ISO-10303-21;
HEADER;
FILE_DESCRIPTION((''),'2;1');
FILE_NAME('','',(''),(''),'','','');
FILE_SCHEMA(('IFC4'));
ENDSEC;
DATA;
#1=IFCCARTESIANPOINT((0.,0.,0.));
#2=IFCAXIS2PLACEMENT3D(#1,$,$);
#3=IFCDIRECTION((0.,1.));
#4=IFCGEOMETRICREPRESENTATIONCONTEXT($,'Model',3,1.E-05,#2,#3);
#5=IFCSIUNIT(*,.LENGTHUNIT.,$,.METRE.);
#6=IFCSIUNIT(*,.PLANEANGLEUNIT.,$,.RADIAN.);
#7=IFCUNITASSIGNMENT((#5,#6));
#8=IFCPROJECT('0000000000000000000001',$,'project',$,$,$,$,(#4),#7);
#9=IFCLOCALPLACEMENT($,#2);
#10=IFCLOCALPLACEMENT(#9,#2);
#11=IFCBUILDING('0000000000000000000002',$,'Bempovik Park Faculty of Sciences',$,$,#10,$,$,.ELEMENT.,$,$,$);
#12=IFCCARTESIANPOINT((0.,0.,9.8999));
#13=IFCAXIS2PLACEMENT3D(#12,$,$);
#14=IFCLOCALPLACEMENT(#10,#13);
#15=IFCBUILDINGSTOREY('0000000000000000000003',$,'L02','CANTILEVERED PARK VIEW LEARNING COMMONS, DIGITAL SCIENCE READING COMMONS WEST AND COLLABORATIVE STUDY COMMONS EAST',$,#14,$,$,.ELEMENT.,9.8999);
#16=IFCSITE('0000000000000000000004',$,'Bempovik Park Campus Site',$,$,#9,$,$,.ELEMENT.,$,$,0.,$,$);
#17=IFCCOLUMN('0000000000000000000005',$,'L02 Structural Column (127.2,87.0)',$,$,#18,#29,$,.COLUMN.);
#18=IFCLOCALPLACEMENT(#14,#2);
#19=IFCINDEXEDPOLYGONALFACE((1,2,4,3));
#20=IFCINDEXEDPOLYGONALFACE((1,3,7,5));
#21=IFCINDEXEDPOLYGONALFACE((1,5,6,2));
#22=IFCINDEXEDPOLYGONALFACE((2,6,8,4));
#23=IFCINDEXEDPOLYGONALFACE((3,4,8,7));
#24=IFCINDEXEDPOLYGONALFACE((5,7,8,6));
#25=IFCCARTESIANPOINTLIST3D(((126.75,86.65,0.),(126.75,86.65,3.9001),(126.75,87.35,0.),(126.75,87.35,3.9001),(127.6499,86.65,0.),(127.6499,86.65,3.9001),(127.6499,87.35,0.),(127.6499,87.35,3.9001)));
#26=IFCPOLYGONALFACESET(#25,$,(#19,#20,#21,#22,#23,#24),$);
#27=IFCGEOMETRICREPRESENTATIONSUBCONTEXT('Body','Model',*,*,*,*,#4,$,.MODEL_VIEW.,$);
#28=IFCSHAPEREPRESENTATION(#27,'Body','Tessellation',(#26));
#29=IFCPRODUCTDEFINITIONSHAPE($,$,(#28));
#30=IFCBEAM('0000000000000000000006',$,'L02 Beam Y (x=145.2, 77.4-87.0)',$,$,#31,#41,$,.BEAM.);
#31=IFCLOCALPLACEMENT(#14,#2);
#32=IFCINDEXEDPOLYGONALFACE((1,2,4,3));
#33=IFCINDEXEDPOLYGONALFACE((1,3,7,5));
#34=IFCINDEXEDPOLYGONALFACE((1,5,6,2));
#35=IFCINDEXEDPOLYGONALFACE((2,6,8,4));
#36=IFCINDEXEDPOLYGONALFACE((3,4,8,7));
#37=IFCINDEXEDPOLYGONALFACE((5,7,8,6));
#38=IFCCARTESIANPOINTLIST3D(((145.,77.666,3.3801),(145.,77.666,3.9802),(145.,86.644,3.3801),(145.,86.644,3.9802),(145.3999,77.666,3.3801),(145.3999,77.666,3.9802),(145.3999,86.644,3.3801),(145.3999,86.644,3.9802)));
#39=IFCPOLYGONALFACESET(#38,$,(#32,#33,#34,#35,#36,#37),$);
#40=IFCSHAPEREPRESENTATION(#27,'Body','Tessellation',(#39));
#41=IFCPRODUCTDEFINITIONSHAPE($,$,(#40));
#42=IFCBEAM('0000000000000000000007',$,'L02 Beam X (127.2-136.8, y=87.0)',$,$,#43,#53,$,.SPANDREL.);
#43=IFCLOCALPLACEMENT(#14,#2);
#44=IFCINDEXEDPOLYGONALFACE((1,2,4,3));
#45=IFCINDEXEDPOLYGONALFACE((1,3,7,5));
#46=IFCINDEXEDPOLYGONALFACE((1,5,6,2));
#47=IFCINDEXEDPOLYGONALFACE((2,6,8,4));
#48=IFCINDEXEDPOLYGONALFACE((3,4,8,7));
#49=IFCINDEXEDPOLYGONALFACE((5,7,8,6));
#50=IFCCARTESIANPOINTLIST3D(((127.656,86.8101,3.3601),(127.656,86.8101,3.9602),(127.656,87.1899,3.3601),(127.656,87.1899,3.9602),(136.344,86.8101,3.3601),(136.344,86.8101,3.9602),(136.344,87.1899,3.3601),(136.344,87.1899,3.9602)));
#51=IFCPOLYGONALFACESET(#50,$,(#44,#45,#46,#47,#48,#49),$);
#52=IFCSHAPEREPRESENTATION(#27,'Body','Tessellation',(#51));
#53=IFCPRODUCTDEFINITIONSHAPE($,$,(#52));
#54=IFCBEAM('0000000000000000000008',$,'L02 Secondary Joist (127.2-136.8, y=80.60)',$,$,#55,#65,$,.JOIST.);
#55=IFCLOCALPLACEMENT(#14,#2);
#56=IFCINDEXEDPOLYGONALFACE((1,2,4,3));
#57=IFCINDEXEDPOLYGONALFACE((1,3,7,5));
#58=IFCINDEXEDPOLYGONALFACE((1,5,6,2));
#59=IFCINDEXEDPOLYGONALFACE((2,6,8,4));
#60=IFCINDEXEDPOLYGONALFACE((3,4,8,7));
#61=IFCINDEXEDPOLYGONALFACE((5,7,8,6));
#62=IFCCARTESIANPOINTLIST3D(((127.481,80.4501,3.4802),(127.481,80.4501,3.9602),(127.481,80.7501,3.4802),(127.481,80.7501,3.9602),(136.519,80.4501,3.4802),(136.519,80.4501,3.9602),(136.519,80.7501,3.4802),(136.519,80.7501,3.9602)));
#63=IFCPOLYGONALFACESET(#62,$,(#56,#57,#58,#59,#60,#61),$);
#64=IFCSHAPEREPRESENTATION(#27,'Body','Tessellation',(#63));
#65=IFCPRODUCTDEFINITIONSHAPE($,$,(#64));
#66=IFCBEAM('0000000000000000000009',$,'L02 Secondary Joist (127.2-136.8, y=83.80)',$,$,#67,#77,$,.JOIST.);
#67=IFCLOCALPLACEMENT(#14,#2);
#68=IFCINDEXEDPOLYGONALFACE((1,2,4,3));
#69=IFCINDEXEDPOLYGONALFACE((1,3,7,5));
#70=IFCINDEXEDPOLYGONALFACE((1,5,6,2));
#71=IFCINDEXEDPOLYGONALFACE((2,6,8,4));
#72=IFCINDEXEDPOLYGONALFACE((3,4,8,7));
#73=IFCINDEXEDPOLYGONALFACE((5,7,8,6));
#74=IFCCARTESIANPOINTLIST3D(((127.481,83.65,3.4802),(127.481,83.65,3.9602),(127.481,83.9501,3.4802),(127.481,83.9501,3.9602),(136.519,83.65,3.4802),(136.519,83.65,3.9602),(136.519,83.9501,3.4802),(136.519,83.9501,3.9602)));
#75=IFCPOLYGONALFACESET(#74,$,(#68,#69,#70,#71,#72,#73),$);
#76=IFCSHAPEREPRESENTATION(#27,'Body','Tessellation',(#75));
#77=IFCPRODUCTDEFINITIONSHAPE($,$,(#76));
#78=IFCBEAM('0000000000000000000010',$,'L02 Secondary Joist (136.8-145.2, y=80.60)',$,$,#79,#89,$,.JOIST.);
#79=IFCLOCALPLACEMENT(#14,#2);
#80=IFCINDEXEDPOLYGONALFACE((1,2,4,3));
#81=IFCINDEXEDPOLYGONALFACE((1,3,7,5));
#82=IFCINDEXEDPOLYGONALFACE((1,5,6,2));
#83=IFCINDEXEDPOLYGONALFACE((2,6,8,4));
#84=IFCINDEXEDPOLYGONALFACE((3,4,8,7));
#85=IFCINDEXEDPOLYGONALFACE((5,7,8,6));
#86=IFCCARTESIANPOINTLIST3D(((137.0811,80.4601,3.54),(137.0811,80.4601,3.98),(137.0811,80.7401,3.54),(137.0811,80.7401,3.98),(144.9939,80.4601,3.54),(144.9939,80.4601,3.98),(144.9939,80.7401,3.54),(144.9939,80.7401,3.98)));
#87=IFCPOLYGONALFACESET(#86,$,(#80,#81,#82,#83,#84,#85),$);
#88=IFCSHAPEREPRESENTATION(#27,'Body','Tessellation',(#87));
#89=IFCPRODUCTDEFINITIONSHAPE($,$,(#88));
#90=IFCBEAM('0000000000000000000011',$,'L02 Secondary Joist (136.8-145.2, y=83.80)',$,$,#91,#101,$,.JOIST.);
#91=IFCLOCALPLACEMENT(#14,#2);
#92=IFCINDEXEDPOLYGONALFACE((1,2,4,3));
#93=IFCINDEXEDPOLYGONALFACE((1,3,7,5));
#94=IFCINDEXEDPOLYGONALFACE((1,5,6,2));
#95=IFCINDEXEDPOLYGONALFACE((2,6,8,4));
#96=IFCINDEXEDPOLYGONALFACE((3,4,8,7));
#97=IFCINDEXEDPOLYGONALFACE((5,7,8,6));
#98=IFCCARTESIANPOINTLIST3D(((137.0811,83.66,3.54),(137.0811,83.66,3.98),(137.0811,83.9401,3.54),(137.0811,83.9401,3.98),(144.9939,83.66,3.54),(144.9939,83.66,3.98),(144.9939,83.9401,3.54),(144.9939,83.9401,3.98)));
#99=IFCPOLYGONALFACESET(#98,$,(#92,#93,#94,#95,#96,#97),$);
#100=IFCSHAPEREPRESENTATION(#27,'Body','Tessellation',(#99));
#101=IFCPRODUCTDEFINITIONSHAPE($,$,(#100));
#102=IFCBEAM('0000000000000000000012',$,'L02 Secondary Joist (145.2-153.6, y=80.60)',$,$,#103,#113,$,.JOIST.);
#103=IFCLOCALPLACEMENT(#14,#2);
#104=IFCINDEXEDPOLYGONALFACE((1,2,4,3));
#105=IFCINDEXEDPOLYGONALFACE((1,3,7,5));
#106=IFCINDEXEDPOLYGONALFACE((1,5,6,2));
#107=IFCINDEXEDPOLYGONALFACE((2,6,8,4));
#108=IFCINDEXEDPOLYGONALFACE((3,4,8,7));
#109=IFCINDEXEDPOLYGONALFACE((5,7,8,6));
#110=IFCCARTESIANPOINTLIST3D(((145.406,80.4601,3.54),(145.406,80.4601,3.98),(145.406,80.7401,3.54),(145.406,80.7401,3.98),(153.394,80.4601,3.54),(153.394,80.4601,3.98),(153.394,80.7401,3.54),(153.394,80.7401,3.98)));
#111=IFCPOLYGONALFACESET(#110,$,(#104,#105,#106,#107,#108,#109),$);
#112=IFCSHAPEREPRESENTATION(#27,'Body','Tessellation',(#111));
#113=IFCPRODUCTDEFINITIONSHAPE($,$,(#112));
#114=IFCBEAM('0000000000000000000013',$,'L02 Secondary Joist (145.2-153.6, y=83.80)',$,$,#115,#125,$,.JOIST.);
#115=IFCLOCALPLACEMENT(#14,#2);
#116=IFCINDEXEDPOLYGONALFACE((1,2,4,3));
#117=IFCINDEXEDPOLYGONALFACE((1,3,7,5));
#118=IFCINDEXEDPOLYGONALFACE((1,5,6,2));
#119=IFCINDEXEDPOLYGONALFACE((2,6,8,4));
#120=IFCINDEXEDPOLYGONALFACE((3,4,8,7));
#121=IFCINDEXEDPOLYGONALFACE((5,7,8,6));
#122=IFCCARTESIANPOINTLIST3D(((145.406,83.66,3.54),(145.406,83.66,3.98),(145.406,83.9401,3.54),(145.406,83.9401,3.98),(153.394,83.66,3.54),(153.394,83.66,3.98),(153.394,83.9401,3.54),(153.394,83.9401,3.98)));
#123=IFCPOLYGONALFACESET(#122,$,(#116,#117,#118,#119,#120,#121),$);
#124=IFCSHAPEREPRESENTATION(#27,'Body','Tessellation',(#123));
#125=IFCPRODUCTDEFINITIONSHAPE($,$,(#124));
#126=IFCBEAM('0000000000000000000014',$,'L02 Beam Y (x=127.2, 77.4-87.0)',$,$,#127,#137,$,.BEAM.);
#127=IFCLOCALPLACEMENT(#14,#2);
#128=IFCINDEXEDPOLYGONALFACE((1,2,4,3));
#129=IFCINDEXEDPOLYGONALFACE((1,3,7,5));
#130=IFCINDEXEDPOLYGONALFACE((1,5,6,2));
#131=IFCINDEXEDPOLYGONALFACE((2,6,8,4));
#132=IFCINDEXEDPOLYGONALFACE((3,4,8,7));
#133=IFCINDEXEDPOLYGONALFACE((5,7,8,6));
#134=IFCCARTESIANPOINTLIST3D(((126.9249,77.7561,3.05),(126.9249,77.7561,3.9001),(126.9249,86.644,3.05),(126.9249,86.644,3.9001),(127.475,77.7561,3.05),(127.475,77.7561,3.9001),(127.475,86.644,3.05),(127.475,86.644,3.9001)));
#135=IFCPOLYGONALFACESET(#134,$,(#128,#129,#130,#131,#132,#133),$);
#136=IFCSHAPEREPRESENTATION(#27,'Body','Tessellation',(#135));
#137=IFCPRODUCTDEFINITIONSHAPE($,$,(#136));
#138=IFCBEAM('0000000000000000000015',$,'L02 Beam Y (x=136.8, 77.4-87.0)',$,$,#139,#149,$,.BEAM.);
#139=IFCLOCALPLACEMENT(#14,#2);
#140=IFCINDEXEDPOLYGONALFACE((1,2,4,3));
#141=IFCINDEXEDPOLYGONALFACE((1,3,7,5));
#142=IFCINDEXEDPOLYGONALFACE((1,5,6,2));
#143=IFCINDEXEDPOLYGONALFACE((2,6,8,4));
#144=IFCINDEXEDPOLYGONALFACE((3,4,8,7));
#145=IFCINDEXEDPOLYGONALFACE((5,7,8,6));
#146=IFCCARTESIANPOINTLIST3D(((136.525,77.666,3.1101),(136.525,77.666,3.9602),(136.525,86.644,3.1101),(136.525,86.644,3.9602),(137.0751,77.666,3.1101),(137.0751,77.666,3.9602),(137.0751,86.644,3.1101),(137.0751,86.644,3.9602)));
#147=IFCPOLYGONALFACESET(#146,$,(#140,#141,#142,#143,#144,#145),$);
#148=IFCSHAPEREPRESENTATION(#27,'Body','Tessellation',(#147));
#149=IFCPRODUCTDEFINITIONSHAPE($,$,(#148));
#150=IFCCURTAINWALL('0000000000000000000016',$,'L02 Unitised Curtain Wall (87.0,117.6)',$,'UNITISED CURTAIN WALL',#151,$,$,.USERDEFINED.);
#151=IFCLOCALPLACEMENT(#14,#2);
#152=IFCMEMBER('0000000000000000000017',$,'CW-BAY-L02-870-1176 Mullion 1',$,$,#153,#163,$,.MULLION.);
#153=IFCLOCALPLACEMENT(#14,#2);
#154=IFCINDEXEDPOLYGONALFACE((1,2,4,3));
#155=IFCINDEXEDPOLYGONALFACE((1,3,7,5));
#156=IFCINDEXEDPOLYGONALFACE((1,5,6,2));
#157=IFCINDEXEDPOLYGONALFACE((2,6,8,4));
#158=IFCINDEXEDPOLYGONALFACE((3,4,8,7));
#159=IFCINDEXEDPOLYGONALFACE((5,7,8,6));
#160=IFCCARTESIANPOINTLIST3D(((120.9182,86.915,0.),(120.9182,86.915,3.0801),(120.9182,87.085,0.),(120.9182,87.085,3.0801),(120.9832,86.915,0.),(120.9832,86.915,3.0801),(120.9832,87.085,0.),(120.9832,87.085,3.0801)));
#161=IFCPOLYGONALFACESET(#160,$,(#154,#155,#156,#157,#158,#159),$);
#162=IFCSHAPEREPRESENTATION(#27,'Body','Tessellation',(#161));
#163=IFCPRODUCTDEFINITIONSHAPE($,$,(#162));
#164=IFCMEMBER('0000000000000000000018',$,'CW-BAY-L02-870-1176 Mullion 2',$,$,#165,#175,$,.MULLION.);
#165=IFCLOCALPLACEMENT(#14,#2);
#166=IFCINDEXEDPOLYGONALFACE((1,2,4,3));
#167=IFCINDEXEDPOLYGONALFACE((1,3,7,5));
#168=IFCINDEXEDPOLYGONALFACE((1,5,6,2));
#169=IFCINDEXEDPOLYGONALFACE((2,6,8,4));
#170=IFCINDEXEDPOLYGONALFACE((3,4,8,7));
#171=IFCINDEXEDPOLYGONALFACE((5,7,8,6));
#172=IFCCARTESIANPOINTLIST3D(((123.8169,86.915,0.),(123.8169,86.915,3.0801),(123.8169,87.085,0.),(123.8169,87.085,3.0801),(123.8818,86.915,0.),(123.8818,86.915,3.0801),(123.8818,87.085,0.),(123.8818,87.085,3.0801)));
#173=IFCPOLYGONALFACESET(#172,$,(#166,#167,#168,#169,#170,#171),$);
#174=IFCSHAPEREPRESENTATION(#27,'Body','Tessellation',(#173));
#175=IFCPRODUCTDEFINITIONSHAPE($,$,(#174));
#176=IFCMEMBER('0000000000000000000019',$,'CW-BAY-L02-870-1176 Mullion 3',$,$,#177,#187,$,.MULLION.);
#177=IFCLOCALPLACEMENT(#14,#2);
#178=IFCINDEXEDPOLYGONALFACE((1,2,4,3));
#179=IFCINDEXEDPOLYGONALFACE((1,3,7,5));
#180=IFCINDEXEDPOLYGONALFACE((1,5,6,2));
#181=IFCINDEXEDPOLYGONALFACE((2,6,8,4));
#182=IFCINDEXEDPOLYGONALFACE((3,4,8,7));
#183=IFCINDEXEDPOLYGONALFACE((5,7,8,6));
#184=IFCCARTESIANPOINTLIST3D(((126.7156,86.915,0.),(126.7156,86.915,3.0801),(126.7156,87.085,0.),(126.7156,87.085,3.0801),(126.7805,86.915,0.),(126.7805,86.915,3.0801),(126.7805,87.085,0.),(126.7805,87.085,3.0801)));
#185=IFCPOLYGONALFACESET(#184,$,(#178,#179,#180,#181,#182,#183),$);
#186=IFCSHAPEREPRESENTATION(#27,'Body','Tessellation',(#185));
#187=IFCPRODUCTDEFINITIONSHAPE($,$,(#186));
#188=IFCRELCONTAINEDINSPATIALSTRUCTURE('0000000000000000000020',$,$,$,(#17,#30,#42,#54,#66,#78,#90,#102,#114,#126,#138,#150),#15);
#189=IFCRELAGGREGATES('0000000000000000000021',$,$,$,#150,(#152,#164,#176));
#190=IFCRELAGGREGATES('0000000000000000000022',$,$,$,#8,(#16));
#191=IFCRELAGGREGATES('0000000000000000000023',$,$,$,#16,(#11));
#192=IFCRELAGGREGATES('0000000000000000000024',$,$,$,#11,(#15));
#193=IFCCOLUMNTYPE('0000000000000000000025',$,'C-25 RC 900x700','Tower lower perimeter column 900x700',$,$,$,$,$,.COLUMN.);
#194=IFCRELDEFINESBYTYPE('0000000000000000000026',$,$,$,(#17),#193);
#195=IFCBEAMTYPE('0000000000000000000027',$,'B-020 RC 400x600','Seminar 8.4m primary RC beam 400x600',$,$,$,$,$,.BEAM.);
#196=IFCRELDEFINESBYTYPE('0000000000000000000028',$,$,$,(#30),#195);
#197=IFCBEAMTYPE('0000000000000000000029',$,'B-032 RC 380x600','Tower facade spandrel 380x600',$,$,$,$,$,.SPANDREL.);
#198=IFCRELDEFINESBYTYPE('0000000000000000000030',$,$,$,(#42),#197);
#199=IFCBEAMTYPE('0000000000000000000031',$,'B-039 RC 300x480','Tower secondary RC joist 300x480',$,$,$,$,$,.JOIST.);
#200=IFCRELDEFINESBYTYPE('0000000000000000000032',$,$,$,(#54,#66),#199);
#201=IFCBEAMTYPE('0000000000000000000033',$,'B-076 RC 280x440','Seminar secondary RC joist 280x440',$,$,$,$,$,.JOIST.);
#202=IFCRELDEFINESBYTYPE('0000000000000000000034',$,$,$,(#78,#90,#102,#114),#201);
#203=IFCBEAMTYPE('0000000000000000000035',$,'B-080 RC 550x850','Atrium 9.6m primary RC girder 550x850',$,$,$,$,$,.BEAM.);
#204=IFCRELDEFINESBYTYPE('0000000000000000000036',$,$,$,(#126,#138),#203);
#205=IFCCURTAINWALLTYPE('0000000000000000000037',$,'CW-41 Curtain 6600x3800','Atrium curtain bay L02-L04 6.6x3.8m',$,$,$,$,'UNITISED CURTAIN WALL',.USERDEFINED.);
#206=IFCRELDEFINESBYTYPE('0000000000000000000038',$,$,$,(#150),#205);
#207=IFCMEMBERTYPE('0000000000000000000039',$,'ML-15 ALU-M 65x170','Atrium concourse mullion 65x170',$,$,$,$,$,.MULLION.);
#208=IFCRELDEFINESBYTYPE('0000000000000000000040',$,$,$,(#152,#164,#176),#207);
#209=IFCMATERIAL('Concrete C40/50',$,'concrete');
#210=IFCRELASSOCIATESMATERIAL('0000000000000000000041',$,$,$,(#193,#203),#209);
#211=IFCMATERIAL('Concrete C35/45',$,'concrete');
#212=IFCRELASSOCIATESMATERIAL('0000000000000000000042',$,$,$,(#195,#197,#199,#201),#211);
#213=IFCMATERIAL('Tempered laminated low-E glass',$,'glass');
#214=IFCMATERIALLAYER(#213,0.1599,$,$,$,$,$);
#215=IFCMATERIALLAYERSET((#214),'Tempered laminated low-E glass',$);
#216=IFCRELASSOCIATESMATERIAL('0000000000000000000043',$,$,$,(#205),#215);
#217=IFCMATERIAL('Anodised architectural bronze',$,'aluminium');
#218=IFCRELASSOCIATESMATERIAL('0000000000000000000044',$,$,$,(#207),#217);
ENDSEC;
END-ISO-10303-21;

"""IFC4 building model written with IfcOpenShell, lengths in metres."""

from ifc_helpers import new_model, si_unit, direction, frame, origin, origin_2d, place, context, subcontext, project, spatial, rectangle, extrude, material, layer, layer_set, material_profile, profile_set, type_object, element, aggregate, save


model = new_model("IFC4")

# Units and contexts
model_context = context("Model", 3, precision=1e-05, world=origin(), true_north=direction((0.0, 1.0)))
body_context = subcontext(model_context, "Body", "Model", "MODEL_VIEW")
ifc_project = project(units=[si_unit("LENGTHUNIT", "METRE"), si_unit("PLANEANGLEUNIT", "RADIAN")], contexts=[model_context])

# Site, building, storey
site_placement = place(None, origin())
site = spatial("IfcSite", under=ifc_project, at=site_placement, Name="Bempovik Park Campus Site", CompositionType="ELEMENT", RefElevation=0.0)
building_placement = place(site_placement, origin())
building = spatial("IfcBuilding", under=site, at=building_placement, Name="Bempovik Park Faculty of Sciences", CompositionType="ELEMENT")
storey_placement = place(building_placement, frame((0.0, 0.0, 9.8999)))
storey = spatial("IfcBuildingStorey", under=building, at=storey_placement, Name="L02", Description="CANTILEVERED PARK VIEW LEARNING COMMONS, DIGITAL SCIENCE READING COMMONS WEST AND COLLABORATIVE STUDY COMMONS EAST", CompositionType="ELEMENT", Elevation=9.8999)

# Column
ifc_material_1 = material(Name="Concrete C40/50", Category="concrete")
ifc_material_profile_1 = material_profile(ifc_material_1, rectangle(XDim=0.8999, YDim=0.7, at=origin_2d()), Name="RC 900x700")
ifc_profile_set_1 = profile_set([ifc_material_profile_1], Name="Concrete C40/50")
column_type = type_object("IfcColumnType", Name="C-25 RC 900x700", Description="Tower lower perimeter column 900x700", PredefinedType="COLUMN", material=ifc_profile_set_1)
column_placement = place(storey_placement, frame((127.2, 87.0, 0.0), z_axis=(0.0, 0.0, 1.0), x_axis=(1.0, 0.0, 0.0)))
element("IfcColumn", 1, at=column_placement, inside=storey, type_object=column_type, Name="L02 Structural Column (127.2,87.0)", PredefinedType="COLUMN", context=body_context, shape_type="SweptSolid", body=[
    extrude(rectangle(XDim=0.8999, YDim=0.7, at=origin_2d()), origin(), (0.0, 0.0, 1.0), 3.9001),
])

# Beams
ifc_material_2 = material(Name="Concrete C35/45", Category="concrete")
ifc_material_profile_2 = material_profile(ifc_material_2, rectangle(XDim=0.3999, YDim=0.6001, at=origin_2d()), Name="RC 400x600")
ifc_profile_set_2 = profile_set([ifc_material_profile_2], Name="Concrete C35/45")
beam_type_1 = type_object("IfcBeamType", Name="B-020 RC 400x600", Description="Seminar 8.4m primary RC beam 400x600", PredefinedType="BEAM", material=ifc_profile_set_2)
beam_1_placement = place(storey_placement, frame((145.2, 77.666, 3.6802), z_axis=(0.0, 1.0, 0.0), x_axis=(-1.0, 0.0, 0.0)))
element("IfcBeam", 2, at=beam_1_placement, inside=storey, type_object=beam_type_1, Name="L02 Beam Y (x=145.2, 77.4-87.0)", PredefinedType="BEAM", context=body_context, shape_type="SweptSolid", body=[
    extrude(rectangle(XDim=0.3999, YDim=0.6001, at=origin_2d()), origin(), (0.0, 0.0, 1.0), 8.978),
])
ifc_material_profile_3 = material_profile(ifc_material_2, rectangle(XDim=0.3799, YDim=0.6001, at=origin_2d()), Name="RC 380x600")
ifc_profile_set_3 = profile_set([ifc_material_profile_3], Name="Concrete C35/45")
beam_type_2 = type_object("IfcBeamType", Name="B-032 RC 380x600", Description="Tower facade spandrel 380x600", PredefinedType="SPANDREL", material=ifc_profile_set_3)
beam_2_placement = place(storey_placement, frame((127.656, 87.0, 3.6602), z_axis=(1.0, 0.0, 0.0), x_axis=(0.0, 1.0, 0.0)))
element("IfcBeam", 3, at=beam_2_placement, inside=storey, type_object=beam_type_2, Name="L02 Beam X (127.2-136.8, y=87.0)", PredefinedType="SPANDREL", context=body_context, shape_type="SweptSolid", body=[
    extrude(rectangle(XDim=0.3799, YDim=0.6001, at=origin_2d()), origin(), (0.0, 0.0, 1.0), 8.688),
])
ifc_material_profile_4 = material_profile(ifc_material_2, rectangle(XDim=0.3, YDim=0.48, at=origin_2d()), Name="RC 300x480")
ifc_profile_set_4 = profile_set([ifc_material_profile_4], Name="Concrete C35/45")
beam_type_3 = type_object("IfcBeamType", Name="B-039 RC 300x480", Description="Tower secondary RC joist 300x480", PredefinedType="JOIST", material=ifc_profile_set_4)
for number, where, z_axis, x_axis, name in (
    (4, (127.481, 80.6001, 3.7202), (1.0, 0.0, 0.0), (0.0, 1.0, 0.0), "L02 Secondary Joist (127.2-136.8, y=80.60)"),
    (5, (127.481, 83.8, 3.7202), (1.0, 0.0, 0.0), (0.0, 1.0, 0.0), "L02 Secondary Joist (127.2-136.8, y=83.80)"),
):
    element("IfcBeam", number, at=place(storey_placement, frame(where, z_axis=z_axis, x_axis=x_axis)), inside=storey, type_object=beam_type_3, Name=name, PredefinedType="JOIST", context=body_context, shape_type="SweptSolid", body=[
        extrude(rectangle(XDim=0.3, YDim=0.48, at=origin_2d()), origin(), (0.0, 0.0, 1.0), 9.0381),
    ])
ifc_material_profile_5 = material_profile(ifc_material_2, rectangle(XDim=0.28, YDim=0.4399, at=origin_2d()), Name="RC 280x440")
ifc_profile_set_5 = profile_set([ifc_material_profile_5], Name="Concrete C35/45")
beam_type_4 = type_object("IfcBeamType", Name="B-076 RC 280x440", Description="Seminar secondary RC joist 280x440", PredefinedType="JOIST", material=ifc_profile_set_5)
for number, where, z_axis, x_axis, name in (
    (6, (137.0811, 80.6001, 3.76), (1.0, 0.0, 0.0), (0.0, 1.0, 0.0), "L02 Secondary Joist (136.8-145.2, y=80.60)"),
    (7, (137.0811, 83.8, 3.76), (1.0, 0.0, 0.0), (0.0, 1.0, 0.0), "L02 Secondary Joist (136.8-145.2, y=83.80)"),
):
    element("IfcBeam", number, at=place(storey_placement, frame(where, z_axis=z_axis, x_axis=x_axis)), inside=storey, type_object=beam_type_4, Name=name, PredefinedType="JOIST", context=body_context, shape_type="SweptSolid", body=[
        extrude(rectangle(XDim=0.28, YDim=0.4399, at=origin_2d()), origin(), (0.0, 0.0, 1.0), 7.9128),
    ])
for number, where, z_axis, x_axis, name in (
    (8, (145.406, 80.6001, 3.76), (1.0, 0.0, 0.0), (0.0, 1.0, 0.0), "L02 Secondary Joist (145.2-153.6, y=80.60)"),
    (9, (145.406, 83.8, 3.76), (1.0, 0.0, 0.0), (0.0, 1.0, 0.0), "L02 Secondary Joist (145.2-153.6, y=83.80)"),
):
    element("IfcBeam", number, at=place(storey_placement, frame(where, z_axis=z_axis, x_axis=x_axis)), inside=storey, type_object=beam_type_4, Name=name, PredefinedType="JOIST", context=body_context, shape_type="SweptSolid", body=[
        extrude(rectangle(XDim=0.28, YDim=0.4399, at=origin_2d()), origin(), (0.0, 0.0, 1.0), 7.988),
    ])
ifc_material_profile_6 = material_profile(ifc_material_1, rectangle(XDim=0.55, YDim=0.8501, at=origin_2d()), Name="RC 550x850")
ifc_profile_set_6 = profile_set([ifc_material_profile_6], Name="Concrete C40/50")
beam_type_5 = type_object("IfcBeamType", Name="B-080 RC 550x850", Description="Atrium 9.6m primary RC girder 550x850", PredefinedType="BEAM", material=ifc_profile_set_6)
beam_3_placement = place(storey_placement, frame((127.2, 77.7561, 3.4751), z_axis=(0.0, 1.0, 0.0), x_axis=(-1.0, 0.0, 0.0)))
element("IfcBeam", 10, at=beam_3_placement, inside=storey, type_object=beam_type_5, Name="L02 Beam Y (x=127.2, 77.4-87.0)", PredefinedType="BEAM", context=body_context, shape_type="SweptSolid", body=[
    extrude(rectangle(XDim=0.55, YDim=0.8501, at=origin_2d()), origin(), (0.0, 0.0, 1.0), 8.8879),
])
beam_4_placement = place(storey_placement, frame((136.8, 77.666, 3.5352), z_axis=(0.0, 1.0, 0.0), x_axis=(-1.0, 0.0, 0.0)))
element("IfcBeam", 11, at=beam_4_placement, inside=storey, type_object=beam_type_5, Name="L02 Beam Y (x=136.8, 77.4-87.0)", PredefinedType="BEAM", context=body_context, shape_type="SweptSolid", body=[
    extrude(rectangle(XDim=0.55, YDim=0.8501, at=origin_2d()), origin(), (0.0, 0.0, 1.0), 8.978),
])

# Curtain wall, members
ifc_material_3 = material(Name="Tempered laminated low-E glass", Category="glass")
ifc_layer_1 = layer(ifc_material_3, 0.1599)
ifc_layer_set_1 = layer_set([ifc_layer_1], Name="Tempered laminated low-E glass")
curtain_wall_type = type_object("IfcCurtainWallType", Name="CW-41 Curtain 6600x3800", Description="Atrium curtain bay L02-L04 6.6x3.8m", ElementType="UNITISED CURTAIN WALL", PredefinedType="USERDEFINED", material=ifc_layer_set_1)
curtain_wall_1_placement = place(storey_placement, origin())
curtain_wall_1 = element("IfcCurtainWall", 12, at=curtain_wall_1_placement, inside=storey, type_object=curtain_wall_type, Name="L02 Unitised Curtain Wall (87.0,117.6)", ObjectType="UNITISED CURTAIN WALL", PredefinedType="USERDEFINED")
ifc_material_4 = material(Name="Anodised architectural bronze", Category="aluminium")
ifc_material_profile_7 = material_profile(ifc_material_4, rectangle(XDim=0.0649, YDim=0.1699, at=origin_2d()), Name="ALU-M 65x170")
ifc_profile_set_7 = profile_set([ifc_material_profile_7], Name="Anodised architectural bronze")
member_type_1 = type_object("IfcMemberType", Name="ML-15 ALU-M 65x170", Description="Atrium concourse mullion 65x170", PredefinedType="MULLION", material=ifc_profile_set_7)
member_1_placement = place(storey_placement, frame((120.9507, 87.0, 0.0), z_axis=(0.0, 0.0, 1.0), x_axis=(1.0, 0.0, 0.0)))
member_1 = element("IfcMember", 13, at=member_1_placement, type_object=member_type_1, Name="CW-BAY-L02-870-1176 Mullion 1", PredefinedType="MULLION", context=body_context, shape_type="SweptSolid", body=[
    extrude(rectangle(XDim=0.0649, YDim=0.1699, at=origin_2d()), origin(), (0.0, 0.0, 1.0), 3.0801),
])
member_2_placement = place(storey_placement, frame((123.8494, 87.0, 0.0), z_axis=(0.0, 0.0, 1.0), x_axis=(1.0, 0.0, 0.0)))
member_2 = element("IfcMember", 14, at=member_2_placement, type_object=member_type_1, Name="CW-BAY-L02-870-1176 Mullion 2", PredefinedType="MULLION", context=body_context, shape_type="SweptSolid", body=[
    extrude(rectangle(XDim=0.0649, YDim=0.1699, at=origin_2d()), origin(), (0.0, 0.0, 1.0), 3.0801),
])
member_3_placement = place(storey_placement, frame((126.748, 87.0, 0.0), z_axis=(0.0, 0.0, 1.0), x_axis=(1.0, 0.0, 0.0)))
member_3 = element("IfcMember", 15, at=member_3_placement, type_object=member_type_1, Name="CW-BAY-L02-870-1176 Mullion 3", PredefinedType="MULLION", context=body_context, shape_type="SweptSolid", body=[
    extrude(rectangle(XDim=0.0649, YDim=0.1699, at=origin_2d()), origin(), (0.0, 0.0, 1.0), 3.0801),
])

aggregate(curtain_wall_1, [member_1, member_2, member_3])

save(model, "model.ifc")
